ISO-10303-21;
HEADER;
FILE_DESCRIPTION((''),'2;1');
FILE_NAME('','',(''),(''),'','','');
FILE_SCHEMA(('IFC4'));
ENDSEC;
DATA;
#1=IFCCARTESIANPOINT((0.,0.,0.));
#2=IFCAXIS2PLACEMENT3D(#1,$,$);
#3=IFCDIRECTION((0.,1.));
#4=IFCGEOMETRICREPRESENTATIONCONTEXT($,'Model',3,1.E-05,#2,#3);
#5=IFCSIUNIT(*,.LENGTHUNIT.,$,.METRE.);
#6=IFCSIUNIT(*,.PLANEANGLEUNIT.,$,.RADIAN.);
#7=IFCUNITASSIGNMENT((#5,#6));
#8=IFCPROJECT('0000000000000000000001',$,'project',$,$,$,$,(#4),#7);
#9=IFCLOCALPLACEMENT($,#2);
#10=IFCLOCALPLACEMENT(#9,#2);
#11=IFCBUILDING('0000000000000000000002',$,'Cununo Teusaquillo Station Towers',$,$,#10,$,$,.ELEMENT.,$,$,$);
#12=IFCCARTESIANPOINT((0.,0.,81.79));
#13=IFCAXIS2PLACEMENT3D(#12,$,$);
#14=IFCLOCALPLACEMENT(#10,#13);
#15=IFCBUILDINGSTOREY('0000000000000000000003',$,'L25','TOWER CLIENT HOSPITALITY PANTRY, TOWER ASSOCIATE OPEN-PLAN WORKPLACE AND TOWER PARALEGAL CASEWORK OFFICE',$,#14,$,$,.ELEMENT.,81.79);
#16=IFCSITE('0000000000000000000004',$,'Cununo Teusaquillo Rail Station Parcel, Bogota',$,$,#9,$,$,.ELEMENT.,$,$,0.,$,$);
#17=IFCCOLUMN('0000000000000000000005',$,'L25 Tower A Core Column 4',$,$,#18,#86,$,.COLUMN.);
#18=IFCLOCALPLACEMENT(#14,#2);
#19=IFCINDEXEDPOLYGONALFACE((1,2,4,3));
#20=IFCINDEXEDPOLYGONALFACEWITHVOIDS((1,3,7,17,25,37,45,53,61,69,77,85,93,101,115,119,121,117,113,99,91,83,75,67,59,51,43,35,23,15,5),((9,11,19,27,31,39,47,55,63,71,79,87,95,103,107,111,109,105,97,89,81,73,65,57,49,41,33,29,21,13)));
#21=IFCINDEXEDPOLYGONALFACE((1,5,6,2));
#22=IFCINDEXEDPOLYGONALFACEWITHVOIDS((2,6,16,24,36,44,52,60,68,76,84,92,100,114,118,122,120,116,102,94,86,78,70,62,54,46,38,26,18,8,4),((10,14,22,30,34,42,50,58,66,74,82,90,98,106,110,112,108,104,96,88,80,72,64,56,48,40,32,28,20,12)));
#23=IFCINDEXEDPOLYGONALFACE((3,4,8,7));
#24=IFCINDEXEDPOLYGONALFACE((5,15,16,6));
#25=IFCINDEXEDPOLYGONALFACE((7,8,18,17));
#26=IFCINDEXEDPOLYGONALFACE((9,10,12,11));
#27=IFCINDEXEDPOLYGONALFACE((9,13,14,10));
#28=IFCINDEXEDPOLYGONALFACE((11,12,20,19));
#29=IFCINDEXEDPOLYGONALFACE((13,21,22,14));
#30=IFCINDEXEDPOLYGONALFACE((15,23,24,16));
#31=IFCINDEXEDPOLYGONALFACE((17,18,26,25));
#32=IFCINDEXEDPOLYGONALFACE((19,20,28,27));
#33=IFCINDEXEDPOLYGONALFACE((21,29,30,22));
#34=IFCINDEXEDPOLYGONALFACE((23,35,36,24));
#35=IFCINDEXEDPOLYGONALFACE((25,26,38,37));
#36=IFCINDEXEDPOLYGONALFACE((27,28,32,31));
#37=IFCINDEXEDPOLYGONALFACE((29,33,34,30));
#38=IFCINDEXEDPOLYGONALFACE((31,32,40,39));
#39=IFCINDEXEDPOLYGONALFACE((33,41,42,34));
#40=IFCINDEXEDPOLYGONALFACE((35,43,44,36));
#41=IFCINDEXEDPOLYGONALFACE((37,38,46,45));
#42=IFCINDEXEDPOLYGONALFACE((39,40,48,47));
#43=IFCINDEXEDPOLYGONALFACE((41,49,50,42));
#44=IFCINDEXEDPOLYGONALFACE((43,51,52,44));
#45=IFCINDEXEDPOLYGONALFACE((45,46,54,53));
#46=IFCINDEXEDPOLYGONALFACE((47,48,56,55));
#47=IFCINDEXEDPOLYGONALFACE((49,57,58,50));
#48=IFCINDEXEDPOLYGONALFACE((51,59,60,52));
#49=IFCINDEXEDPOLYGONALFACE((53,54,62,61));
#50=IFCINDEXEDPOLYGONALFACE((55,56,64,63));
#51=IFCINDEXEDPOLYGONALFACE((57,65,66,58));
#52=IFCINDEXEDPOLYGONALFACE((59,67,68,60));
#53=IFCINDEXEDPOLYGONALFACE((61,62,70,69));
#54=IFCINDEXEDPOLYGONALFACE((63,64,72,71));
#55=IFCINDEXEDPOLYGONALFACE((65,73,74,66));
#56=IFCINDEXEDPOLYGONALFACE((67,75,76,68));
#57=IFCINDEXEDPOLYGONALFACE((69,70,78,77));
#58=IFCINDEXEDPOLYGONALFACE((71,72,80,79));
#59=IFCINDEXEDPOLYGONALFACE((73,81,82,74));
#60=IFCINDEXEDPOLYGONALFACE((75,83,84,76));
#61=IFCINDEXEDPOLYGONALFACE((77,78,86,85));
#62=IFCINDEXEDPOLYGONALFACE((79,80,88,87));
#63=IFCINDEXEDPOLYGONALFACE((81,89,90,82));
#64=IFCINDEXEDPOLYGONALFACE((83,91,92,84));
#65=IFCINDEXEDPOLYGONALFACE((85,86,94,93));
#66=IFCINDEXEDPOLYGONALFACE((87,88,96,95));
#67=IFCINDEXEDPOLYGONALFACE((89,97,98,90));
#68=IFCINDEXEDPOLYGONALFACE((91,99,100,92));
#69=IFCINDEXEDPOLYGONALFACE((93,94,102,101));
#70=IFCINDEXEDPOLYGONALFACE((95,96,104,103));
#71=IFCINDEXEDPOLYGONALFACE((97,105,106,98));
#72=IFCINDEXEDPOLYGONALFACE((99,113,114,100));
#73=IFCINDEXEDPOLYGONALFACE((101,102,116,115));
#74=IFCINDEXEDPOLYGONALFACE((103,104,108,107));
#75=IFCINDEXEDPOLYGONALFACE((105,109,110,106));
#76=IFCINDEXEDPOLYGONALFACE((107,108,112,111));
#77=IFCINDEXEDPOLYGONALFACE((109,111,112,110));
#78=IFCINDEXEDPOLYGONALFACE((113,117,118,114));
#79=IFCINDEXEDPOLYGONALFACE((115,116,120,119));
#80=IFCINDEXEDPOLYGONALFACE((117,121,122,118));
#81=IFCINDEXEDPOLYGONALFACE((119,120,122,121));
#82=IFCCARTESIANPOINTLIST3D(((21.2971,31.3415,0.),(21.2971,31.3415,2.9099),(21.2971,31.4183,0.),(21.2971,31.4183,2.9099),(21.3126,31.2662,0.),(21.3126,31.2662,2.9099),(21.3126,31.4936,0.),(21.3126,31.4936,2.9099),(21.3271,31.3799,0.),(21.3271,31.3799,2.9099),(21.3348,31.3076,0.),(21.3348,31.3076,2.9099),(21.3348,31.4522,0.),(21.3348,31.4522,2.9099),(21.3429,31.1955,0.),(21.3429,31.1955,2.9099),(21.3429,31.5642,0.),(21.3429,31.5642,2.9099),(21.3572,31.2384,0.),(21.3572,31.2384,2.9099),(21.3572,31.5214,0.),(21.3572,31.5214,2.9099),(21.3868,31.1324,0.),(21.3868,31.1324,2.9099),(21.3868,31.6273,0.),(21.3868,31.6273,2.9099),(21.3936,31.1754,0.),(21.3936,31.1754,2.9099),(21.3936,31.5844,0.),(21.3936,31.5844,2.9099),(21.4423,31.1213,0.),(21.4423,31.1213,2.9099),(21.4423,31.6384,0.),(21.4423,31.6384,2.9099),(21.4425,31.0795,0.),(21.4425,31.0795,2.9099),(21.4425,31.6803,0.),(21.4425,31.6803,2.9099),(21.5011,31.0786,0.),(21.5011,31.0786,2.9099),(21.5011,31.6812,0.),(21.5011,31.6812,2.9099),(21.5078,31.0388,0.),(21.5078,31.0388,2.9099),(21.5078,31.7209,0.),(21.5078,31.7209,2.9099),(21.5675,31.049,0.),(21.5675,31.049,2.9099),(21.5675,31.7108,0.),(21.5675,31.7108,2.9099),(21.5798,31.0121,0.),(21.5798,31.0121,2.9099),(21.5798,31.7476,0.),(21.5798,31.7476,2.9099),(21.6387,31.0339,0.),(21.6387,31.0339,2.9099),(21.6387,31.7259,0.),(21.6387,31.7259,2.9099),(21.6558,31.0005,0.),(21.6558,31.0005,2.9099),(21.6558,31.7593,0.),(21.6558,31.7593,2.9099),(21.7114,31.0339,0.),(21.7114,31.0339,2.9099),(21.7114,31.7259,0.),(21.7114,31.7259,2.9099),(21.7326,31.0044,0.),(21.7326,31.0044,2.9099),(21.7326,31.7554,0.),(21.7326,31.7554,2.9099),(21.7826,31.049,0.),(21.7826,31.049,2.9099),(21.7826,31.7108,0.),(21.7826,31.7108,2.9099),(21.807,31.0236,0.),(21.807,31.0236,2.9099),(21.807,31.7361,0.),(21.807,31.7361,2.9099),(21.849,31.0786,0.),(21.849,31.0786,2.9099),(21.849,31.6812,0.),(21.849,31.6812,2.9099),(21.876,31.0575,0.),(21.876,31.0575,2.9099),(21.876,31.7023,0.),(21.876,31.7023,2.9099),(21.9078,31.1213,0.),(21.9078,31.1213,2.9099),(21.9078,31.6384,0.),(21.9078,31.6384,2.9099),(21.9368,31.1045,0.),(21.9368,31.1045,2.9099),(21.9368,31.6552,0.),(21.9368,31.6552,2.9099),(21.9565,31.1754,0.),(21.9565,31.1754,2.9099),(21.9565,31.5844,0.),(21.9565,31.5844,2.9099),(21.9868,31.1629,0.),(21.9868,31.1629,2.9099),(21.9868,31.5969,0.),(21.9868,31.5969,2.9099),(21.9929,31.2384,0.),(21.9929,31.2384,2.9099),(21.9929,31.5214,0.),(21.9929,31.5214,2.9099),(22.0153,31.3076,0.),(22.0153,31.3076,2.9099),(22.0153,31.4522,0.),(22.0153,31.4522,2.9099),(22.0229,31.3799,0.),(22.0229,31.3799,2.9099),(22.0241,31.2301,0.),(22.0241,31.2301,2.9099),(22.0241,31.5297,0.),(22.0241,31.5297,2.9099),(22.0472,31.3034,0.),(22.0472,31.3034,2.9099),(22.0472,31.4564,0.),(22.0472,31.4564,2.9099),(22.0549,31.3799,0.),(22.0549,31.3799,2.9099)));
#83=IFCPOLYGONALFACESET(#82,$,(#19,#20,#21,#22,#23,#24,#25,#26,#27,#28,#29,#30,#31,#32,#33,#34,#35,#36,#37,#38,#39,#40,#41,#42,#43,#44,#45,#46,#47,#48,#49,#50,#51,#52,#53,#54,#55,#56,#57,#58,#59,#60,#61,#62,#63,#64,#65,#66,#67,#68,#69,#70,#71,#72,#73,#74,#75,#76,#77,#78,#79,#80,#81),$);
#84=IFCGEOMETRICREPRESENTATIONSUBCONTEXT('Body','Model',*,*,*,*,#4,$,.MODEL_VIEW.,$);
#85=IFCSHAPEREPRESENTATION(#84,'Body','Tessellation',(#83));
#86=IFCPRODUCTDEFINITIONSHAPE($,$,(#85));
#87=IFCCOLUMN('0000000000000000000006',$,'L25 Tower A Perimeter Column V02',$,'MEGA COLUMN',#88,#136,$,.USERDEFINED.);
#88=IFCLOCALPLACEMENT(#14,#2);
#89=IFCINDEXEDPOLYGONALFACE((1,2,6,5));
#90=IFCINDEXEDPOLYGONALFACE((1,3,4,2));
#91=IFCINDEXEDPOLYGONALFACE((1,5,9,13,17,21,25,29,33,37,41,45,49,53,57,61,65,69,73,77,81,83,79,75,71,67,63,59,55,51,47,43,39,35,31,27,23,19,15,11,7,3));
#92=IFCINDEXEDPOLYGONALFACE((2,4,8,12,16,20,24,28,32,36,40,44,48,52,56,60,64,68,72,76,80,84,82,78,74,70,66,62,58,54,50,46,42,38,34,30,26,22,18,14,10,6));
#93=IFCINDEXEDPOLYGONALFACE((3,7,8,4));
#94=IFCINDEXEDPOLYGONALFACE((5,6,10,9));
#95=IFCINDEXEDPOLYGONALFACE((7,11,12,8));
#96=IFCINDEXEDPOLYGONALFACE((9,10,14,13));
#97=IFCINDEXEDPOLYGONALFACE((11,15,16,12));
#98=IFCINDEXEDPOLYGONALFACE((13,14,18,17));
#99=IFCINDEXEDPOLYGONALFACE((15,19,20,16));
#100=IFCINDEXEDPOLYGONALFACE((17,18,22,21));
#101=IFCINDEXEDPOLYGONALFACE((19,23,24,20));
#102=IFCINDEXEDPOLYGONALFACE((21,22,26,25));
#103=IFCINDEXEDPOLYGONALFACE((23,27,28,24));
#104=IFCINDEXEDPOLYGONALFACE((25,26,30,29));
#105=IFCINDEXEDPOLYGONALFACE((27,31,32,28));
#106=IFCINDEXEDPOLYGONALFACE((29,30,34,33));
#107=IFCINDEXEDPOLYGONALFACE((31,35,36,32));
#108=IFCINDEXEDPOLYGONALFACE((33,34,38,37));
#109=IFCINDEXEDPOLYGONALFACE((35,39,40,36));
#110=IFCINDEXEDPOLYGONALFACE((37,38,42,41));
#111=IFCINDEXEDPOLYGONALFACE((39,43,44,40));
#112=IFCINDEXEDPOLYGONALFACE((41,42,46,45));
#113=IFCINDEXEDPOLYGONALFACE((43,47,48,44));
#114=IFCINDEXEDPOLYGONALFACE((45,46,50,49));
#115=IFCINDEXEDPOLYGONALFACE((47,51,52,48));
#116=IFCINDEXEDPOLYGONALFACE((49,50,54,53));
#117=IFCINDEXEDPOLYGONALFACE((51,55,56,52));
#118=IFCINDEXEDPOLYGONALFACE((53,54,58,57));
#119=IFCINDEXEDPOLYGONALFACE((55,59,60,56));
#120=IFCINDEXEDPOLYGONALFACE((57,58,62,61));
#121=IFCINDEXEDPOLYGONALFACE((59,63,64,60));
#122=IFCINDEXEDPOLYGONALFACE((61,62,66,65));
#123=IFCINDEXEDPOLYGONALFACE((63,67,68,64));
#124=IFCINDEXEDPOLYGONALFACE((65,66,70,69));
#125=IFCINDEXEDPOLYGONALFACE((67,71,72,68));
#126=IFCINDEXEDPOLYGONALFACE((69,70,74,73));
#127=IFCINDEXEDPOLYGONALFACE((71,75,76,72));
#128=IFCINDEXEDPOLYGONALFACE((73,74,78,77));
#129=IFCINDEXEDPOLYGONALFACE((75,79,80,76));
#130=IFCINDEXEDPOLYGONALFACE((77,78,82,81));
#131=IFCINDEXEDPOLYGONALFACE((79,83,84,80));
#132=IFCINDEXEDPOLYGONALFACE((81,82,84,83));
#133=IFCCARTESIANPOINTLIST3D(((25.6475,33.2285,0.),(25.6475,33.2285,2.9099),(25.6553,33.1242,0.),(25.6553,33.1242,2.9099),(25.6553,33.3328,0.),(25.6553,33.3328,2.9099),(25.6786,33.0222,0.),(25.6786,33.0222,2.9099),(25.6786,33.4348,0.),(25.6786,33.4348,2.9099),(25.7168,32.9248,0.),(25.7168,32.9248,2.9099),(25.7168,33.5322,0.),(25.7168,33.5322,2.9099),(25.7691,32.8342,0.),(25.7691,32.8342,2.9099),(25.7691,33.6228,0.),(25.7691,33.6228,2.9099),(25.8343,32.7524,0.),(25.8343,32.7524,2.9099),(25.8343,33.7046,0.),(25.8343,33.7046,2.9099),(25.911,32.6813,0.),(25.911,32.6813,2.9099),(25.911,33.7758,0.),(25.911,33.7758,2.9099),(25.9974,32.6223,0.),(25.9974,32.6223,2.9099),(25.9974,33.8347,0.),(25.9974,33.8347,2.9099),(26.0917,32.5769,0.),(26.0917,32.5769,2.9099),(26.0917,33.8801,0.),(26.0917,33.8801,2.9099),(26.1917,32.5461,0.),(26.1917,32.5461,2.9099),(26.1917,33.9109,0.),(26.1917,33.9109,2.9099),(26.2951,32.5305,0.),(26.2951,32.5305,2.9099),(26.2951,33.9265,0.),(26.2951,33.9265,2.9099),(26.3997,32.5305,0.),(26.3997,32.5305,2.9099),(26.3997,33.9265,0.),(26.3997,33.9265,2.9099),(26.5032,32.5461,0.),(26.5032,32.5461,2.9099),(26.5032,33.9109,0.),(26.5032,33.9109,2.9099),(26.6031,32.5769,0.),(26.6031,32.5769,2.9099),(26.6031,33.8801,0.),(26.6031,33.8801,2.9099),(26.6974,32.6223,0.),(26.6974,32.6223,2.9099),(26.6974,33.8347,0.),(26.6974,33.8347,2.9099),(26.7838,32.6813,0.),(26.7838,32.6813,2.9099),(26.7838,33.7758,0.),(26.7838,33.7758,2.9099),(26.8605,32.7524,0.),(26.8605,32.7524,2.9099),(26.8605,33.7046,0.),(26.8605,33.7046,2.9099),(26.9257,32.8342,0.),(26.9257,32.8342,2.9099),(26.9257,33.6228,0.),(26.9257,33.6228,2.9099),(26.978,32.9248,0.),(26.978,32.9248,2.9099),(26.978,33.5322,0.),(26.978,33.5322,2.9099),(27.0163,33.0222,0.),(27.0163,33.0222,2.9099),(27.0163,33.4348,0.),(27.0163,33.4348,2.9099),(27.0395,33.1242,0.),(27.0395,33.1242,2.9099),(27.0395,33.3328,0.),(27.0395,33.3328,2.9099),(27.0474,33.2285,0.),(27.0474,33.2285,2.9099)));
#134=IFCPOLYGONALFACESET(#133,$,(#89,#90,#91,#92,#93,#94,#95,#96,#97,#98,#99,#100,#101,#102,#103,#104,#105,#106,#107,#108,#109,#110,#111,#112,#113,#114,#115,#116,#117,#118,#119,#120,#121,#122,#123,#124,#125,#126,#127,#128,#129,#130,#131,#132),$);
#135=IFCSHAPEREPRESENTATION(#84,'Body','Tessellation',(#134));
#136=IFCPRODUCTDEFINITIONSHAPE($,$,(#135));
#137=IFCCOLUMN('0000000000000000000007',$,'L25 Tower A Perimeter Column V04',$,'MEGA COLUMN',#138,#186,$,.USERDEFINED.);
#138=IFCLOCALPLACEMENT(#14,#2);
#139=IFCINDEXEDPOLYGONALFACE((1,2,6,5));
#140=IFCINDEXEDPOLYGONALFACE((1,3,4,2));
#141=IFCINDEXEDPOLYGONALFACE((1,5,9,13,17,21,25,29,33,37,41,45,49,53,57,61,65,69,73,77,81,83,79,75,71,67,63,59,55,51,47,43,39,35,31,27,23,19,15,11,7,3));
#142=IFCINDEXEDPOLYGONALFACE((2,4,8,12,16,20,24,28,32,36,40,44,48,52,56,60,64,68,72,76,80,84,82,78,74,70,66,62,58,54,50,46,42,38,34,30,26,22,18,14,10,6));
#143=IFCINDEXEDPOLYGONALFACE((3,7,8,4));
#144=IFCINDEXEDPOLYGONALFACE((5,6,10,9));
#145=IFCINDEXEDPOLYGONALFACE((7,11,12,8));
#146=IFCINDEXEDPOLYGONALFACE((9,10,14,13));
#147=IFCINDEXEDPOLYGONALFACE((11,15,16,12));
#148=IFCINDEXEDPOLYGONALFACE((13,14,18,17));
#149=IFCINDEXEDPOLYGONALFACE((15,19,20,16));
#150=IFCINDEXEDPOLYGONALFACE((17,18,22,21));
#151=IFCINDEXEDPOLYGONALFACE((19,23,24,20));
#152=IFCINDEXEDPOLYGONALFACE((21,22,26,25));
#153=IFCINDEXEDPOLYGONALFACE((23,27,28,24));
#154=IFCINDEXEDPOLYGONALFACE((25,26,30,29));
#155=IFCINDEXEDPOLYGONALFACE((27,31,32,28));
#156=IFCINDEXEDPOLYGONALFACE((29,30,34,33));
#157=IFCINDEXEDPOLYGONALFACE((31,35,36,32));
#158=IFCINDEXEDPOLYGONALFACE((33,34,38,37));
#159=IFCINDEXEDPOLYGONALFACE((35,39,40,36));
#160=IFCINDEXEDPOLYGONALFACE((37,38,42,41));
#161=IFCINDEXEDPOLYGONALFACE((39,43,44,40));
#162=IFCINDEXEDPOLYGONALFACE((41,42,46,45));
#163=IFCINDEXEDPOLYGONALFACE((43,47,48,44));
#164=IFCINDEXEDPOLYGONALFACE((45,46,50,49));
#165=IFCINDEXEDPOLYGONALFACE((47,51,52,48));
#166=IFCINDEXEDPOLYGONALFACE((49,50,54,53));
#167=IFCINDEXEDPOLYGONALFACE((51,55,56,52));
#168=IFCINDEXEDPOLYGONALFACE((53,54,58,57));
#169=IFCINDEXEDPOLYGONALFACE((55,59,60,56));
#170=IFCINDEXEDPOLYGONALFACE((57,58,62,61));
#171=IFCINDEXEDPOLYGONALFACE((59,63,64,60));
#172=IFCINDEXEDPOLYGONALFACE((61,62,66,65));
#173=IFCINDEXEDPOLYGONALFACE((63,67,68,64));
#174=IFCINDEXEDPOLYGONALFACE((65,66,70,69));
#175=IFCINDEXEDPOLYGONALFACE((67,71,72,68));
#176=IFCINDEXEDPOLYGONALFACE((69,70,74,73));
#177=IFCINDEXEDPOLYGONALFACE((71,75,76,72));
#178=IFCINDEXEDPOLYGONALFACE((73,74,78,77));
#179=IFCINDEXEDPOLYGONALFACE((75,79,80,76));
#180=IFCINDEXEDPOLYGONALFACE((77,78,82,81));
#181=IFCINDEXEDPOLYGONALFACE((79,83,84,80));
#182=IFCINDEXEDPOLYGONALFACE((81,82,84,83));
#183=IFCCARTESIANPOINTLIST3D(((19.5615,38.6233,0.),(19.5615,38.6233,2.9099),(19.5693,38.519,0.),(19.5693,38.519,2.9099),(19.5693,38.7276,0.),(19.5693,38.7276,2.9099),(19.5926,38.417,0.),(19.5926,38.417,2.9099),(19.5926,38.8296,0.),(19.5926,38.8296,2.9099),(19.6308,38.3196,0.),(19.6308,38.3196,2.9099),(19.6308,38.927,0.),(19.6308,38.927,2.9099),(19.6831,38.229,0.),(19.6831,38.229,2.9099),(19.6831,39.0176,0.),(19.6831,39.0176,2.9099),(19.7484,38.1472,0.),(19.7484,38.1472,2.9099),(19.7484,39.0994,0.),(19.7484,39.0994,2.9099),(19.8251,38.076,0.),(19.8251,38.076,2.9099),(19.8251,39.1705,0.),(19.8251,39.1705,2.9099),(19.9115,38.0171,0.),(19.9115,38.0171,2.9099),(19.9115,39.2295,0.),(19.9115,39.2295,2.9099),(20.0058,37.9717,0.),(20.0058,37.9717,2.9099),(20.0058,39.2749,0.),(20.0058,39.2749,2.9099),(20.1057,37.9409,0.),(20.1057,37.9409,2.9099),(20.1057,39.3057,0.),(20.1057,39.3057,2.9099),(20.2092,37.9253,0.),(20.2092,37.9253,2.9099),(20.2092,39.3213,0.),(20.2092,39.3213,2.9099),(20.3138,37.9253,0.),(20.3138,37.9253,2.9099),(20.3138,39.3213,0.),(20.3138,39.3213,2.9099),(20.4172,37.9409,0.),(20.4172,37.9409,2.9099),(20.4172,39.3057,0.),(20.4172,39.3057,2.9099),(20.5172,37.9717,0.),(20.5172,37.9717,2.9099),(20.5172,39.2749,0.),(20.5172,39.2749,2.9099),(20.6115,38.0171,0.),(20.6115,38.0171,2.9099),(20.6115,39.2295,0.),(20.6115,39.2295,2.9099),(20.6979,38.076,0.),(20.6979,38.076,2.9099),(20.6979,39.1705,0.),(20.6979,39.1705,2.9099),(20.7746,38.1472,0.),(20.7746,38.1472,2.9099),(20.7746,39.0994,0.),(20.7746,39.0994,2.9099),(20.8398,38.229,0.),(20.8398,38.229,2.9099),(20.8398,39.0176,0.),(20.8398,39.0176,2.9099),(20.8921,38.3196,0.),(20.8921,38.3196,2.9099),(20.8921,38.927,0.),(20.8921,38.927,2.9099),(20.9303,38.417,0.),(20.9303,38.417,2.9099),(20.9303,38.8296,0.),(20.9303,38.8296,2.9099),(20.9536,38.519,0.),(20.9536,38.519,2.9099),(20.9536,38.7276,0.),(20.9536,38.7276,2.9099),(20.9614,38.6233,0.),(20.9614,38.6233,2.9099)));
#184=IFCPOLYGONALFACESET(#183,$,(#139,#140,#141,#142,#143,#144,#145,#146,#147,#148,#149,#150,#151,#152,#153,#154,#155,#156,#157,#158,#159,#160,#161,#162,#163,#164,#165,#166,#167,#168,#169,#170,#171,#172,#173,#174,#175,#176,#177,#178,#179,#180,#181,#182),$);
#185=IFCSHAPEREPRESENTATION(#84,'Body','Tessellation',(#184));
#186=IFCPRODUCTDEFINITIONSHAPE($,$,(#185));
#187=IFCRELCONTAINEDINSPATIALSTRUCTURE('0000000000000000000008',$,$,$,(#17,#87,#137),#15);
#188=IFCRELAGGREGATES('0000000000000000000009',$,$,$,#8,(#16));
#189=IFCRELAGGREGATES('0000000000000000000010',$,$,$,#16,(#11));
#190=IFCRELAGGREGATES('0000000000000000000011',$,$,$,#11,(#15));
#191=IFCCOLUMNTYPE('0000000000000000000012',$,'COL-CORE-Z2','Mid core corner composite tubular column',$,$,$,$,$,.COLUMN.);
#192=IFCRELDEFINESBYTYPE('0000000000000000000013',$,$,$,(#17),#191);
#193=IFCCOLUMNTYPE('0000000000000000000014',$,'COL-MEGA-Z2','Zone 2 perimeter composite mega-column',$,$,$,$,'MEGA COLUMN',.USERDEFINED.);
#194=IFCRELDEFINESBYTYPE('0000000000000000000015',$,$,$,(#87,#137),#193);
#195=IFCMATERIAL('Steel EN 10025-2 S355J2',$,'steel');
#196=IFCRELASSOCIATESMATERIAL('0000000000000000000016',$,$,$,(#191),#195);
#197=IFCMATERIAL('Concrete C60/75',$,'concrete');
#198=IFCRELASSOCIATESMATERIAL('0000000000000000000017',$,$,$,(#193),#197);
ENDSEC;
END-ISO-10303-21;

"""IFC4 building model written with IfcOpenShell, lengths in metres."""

from ifc_helpers import new_model, si_unit, direction, frame, origin, origin_2d, place, context, subcontext, project, spatial, circle, hollow_circle, extrude, material, material_profile, profile_set, type_object, element, save


model = new_model("IFC4")

# Units and contexts
model_context = context("Model", 3, precision=1e-05, world=origin(), true_north=direction((0.0, 1.0)))
body_context = subcontext(model_context, "Body", "Model", "MODEL_VIEW")
ifc_project = project(units=[si_unit("LENGTHUNIT", "METRE"), si_unit("PLANEANGLEUNIT", "RADIAN")], contexts=[model_context])

# Site, building, storey
site_placement = place(None, origin())
site = spatial("IfcSite", under=ifc_project, at=site_placement, Name="Cununo Teusaquillo Rail Station Parcel, Bogota", CompositionType="ELEMENT", RefElevation=0.0)
building_placement = place(site_placement, origin())
building = spatial("IfcBuilding", under=site, at=building_placement, Name="Cununo Teusaquillo Station Towers", CompositionType="ELEMENT")
storey_placement = place(building_placement, frame((0.0, 0.0, 81.79)))
storey = spatial("IfcBuildingStorey", under=building, at=storey_placement, Name="L25", Description="TOWER CLIENT HOSPITALITY PANTRY, TOWER ASSOCIATE OPEN-PLAN WORKPLACE AND TOWER PARALEGAL CASEWORK OFFICE", CompositionType="ELEMENT", Elevation=81.79)

# Columns
ifc_material_1 = material(Name="Steel EN 10025-2 S355J2", Category="steel")
ifc_material_profile_1 = material_profile(ifc_material_1, hollow_circle(Radius=0.3799, WallThickness=0.032, at=origin_2d()), Name="CHS 760x32")
ifc_profile_set_1 = profile_set([ifc_material_profile_1], Name="Steel EN 10025-2 S355J2")
column_type_1 = type_object("IfcColumnType", Name="COL-CORE-Z2", Description="Mid core corner composite tubular column", PredefinedType="COLUMN", material=ifc_profile_set_1)
column_placement = place(storey_placement, frame((21.675, 31.3799, 0.0), z_axis=(0.0, 0.0, 1.0), x_axis=(1.0, 0.0, 0.0)))
element("IfcColumn", 1, at=column_placement, inside=storey, type_object=column_type_1, Name="L25 Tower A Core Column 4", PredefinedType="COLUMN", context=body_context, shape_type="SweptSolid", body=[
    extrude(hollow_circle(Radius=0.3799, WallThickness=0.032, at=origin_2d()), origin(), (0.0, 0.0, 1.0), 2.9099),
])
ifc_material_2 = material(Name="Concrete C60/75", Category="concrete")
ifc_material_profile_2 = material_profile(ifc_material_2, circle(Radius=0.7, at=origin_2d()), Name="RC-CIRC-1400")
ifc_profile_set_2 = profile_set([ifc_material_profile_2], Name="Concrete C60/75")
column_type_2 = type_object("IfcColumnType", Name="COL-MEGA-Z2", Description="Zone 2 perimeter composite mega-column", ElementType="MEGA COLUMN", PredefinedType="USERDEFINED", material=ifc_profile_set_2)
for number, where, z_axis, x_axis, name in (
    (2, (26.3474, 33.2285, 0.0), (0.0, 0.0, 1.0), (1.0, 0.0, 0.0), "L25 Tower A Perimeter Column V02"),
    (3, (20.2615, 38.6233, 0.0), (0.0, 0.0, 1.0), (1.0, 0.0, 0.0), "L25 Tower A Perimeter Column V04"),
):
    element("IfcColumn", number, at=place(storey_placement, frame(where, z_axis=z_axis, x_axis=x_axis)), inside=storey, type_object=column_type_2, Name=name, ObjectType="MEGA COLUMN", PredefinedType="USERDEFINED", context=body_context, shape_type="SweptSolid", body=[
        extrude(circle(Radius=0.7, at=origin_2d()), origin(), (0.0, 0.0, 1.0), 2.9099),
    ])

save(model, "model.ifc")
